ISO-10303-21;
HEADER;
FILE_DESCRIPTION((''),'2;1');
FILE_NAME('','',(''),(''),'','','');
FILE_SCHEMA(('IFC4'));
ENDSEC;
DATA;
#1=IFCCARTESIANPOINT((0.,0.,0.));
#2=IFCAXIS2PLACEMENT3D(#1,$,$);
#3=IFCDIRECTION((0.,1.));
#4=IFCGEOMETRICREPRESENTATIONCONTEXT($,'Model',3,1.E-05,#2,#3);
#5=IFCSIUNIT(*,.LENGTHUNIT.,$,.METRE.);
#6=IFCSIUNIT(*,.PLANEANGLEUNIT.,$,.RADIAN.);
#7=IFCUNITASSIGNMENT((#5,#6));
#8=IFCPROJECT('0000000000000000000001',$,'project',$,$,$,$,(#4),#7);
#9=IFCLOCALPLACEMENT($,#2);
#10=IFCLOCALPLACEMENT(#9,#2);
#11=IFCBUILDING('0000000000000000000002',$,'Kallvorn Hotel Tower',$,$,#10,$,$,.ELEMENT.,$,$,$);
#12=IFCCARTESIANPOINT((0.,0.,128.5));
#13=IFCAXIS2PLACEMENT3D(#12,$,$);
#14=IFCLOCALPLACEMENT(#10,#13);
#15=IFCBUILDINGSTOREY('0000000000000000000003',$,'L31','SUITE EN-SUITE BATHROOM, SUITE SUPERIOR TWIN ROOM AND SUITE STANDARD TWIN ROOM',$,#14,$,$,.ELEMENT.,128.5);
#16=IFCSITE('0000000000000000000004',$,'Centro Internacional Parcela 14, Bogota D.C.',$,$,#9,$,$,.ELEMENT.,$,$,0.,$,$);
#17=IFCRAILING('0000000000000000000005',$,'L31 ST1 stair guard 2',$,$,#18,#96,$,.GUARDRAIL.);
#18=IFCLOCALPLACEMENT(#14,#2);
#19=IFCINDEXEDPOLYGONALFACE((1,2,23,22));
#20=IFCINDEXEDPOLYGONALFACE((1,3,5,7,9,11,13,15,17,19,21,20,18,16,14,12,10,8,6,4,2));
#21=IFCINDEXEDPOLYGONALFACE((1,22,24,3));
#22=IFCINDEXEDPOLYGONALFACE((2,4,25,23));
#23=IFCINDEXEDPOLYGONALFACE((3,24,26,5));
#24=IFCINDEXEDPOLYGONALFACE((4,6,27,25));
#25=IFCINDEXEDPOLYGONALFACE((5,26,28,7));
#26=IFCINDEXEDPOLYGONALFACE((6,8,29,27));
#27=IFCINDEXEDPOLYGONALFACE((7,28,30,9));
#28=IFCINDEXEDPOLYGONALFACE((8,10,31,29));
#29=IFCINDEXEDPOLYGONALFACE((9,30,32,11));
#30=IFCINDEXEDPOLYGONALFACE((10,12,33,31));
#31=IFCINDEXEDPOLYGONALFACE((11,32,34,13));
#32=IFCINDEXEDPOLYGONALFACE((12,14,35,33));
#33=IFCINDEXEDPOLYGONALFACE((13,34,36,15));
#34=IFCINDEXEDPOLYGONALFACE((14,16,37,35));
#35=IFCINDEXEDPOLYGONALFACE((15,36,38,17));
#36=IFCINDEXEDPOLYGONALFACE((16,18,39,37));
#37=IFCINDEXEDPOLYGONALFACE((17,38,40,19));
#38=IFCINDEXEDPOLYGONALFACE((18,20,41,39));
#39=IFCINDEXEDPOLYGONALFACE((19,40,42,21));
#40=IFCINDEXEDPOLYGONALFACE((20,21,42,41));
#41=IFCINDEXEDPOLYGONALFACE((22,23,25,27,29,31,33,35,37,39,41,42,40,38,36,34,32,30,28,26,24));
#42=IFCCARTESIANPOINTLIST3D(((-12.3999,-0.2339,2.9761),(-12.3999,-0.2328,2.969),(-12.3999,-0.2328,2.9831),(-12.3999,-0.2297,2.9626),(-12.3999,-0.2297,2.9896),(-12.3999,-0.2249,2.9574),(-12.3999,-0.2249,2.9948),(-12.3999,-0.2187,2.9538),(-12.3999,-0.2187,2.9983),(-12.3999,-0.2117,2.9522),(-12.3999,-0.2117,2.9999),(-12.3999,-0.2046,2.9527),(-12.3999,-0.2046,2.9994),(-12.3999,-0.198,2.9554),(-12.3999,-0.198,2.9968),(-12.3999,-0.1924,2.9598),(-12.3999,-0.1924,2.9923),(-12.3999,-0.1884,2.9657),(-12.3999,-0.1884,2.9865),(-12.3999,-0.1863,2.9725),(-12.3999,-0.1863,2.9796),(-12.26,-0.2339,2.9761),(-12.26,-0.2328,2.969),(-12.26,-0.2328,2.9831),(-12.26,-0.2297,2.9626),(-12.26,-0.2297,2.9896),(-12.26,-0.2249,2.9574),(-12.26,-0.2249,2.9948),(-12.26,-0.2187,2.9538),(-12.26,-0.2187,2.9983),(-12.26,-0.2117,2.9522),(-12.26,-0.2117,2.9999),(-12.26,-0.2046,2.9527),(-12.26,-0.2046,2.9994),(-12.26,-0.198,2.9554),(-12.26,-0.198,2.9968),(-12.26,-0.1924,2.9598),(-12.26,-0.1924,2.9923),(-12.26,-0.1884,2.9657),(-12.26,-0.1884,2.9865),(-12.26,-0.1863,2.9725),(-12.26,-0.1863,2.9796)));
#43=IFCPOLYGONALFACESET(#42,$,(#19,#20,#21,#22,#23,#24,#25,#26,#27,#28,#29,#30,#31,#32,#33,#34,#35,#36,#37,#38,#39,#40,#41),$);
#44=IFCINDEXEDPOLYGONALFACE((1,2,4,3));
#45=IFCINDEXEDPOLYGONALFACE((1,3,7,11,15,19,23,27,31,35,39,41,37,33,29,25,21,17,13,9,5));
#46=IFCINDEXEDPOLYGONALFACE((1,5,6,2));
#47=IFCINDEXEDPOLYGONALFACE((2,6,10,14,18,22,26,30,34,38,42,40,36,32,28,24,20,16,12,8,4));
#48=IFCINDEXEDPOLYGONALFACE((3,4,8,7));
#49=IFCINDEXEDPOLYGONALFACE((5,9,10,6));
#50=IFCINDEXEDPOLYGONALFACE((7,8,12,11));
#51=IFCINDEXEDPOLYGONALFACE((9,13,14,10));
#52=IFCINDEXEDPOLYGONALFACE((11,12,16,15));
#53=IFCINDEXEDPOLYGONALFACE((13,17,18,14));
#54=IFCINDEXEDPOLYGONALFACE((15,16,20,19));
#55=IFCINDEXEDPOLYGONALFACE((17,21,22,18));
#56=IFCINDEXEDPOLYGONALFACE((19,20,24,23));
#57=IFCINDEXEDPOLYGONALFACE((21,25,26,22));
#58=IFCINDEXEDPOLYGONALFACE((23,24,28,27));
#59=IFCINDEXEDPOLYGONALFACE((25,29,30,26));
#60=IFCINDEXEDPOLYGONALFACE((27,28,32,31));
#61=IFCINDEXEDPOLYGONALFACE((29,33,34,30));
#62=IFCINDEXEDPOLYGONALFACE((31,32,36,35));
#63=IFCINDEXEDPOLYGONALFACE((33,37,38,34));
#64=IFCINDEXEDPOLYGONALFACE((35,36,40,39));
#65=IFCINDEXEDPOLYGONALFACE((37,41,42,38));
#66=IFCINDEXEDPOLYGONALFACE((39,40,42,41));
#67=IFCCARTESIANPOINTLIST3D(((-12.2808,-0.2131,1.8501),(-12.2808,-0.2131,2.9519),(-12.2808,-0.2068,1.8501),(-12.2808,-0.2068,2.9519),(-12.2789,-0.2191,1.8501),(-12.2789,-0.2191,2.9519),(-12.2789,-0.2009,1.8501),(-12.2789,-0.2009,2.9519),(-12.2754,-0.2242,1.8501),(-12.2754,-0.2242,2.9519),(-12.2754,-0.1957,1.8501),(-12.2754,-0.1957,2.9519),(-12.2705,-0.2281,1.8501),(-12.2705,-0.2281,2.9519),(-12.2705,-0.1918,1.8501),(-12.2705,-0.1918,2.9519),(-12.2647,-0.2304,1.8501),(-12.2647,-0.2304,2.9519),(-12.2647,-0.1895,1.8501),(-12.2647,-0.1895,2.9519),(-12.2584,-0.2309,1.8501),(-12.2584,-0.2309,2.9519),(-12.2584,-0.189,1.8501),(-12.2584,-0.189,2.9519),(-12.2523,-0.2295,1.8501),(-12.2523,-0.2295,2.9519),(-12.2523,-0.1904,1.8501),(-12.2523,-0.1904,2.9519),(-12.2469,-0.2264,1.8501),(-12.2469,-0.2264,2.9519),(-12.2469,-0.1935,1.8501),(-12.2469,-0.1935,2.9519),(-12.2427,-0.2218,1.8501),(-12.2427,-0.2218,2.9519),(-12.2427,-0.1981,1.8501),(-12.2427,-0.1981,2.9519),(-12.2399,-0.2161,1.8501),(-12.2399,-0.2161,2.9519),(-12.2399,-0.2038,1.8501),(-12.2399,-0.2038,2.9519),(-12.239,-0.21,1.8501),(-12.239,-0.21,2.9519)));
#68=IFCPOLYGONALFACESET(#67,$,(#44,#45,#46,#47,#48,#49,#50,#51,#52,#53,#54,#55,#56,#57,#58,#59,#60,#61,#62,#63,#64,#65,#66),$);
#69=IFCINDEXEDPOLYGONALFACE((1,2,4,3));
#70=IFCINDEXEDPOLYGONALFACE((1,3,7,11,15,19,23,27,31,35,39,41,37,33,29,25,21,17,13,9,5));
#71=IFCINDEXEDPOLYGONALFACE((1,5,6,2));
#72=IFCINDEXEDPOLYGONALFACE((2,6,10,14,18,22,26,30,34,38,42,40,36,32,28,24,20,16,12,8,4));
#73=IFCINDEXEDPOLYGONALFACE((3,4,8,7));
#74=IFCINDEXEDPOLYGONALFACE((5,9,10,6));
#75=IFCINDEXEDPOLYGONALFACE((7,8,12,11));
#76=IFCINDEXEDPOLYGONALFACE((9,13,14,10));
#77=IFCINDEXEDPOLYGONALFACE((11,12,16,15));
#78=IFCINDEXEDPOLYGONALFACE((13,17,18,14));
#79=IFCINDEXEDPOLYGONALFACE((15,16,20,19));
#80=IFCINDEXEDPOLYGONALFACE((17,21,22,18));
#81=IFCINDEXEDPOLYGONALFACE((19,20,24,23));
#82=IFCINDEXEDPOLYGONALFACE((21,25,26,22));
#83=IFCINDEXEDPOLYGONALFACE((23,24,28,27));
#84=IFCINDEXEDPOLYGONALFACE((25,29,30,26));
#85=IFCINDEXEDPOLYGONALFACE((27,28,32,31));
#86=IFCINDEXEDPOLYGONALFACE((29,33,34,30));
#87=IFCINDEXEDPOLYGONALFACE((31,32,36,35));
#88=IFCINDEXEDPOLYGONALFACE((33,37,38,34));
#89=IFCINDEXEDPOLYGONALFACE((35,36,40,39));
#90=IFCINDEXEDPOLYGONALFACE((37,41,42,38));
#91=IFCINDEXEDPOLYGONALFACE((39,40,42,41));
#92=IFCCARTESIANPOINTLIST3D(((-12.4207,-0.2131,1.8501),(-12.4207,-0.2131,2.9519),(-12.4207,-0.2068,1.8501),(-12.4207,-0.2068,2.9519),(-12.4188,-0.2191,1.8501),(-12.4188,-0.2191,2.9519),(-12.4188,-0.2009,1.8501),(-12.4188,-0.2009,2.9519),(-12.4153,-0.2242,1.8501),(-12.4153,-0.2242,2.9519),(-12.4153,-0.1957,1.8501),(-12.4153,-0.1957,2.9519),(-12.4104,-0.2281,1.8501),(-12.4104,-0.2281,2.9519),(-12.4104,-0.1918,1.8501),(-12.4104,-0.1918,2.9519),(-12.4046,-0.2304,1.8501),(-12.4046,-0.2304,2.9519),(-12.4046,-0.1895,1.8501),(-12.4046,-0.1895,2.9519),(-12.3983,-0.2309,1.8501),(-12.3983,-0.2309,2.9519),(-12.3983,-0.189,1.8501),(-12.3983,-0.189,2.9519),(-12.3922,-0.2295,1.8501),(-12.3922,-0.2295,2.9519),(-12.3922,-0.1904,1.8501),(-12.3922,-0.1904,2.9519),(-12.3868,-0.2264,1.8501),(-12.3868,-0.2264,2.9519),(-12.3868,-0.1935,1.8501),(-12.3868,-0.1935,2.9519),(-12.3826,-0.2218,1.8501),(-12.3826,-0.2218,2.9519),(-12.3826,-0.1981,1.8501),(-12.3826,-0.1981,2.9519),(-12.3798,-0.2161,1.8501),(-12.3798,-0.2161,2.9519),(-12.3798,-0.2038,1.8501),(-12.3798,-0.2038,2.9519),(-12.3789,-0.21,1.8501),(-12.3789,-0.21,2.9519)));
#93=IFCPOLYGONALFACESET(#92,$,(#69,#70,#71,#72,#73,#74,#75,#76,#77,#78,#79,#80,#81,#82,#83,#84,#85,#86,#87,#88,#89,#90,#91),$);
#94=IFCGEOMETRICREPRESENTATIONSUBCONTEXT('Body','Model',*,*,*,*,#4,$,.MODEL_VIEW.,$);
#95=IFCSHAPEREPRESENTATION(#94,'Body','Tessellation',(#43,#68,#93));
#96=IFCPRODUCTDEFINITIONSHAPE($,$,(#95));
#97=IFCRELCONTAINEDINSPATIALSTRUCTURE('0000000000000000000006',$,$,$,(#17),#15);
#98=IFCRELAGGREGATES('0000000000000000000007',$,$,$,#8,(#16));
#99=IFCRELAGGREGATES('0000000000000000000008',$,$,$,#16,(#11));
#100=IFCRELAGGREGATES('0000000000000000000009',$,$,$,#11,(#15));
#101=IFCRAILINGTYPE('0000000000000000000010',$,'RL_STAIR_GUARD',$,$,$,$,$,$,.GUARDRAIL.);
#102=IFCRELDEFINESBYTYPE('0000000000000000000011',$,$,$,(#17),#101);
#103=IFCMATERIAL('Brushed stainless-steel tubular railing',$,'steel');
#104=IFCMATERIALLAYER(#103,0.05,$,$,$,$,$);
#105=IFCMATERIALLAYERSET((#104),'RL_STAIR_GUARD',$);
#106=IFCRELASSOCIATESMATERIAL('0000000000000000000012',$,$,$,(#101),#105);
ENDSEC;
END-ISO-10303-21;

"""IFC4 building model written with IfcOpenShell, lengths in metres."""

from ifc_helpers import new_model, si_unit, direction, frame, origin, origin_2d, place, context, subcontext, project, spatial, circle, extrude, material, layer, layer_set, type_object, element, save


model = new_model("IFC4")

# Units and contexts
model_context = context("Model", 3, precision=1e-05, world=origin(), true_north=direction((0.0, 1.0)))
body_context = subcontext(model_context, "Body", "Model", "MODEL_VIEW")
ifc_project = project(units=[si_unit("LENGTHUNIT", "METRE"), si_unit("PLANEANGLEUNIT", "RADIAN")], contexts=[model_context])

# Site, building, storey
site_placement = place(None, origin())
site = spatial("IfcSite", under=ifc_project, at=site_placement, Name="Centro Internacional Parcela 14, Bogota D.C.", CompositionType="ELEMENT", RefElevation=0.0)
building_placement = place(site_placement, origin())
building = spatial("IfcBuilding", under=site, at=building_placement, Name="Kallvorn Hotel Tower", CompositionType="ELEMENT")
storey_placement = place(building_placement, frame((0.0, 0.0, 128.5)))
storey = spatial("IfcBuildingStorey", under=building, at=storey_placement, Name="L31", Description="SUITE EN-SUITE BATHROOM, SUITE SUPERIOR TWIN ROOM AND SUITE STANDARD TWIN ROOM", CompositionType="ELEMENT", Elevation=128.5)

# Railing
ifc_material_1 = material(Name="Brushed stainless-steel tubular railing", Category="steel")
ifc_layer_1 = layer(ifc_material_1, 0.05)
ifc_layer_set_1 = layer_set([ifc_layer_1], Name="RL_STAIR_GUARD")
railing_type_1 = type_object("IfcRailingType", Name="RL_STAIR_GUARD", PredefinedType="GUARDRAIL", material=ifc_layer_set_1)
railing_1_placement = place(storey_placement, frame((-12.26, -0.21, 1.8501)))
element("IfcRailing", 1, at=railing_1_placement, inside=storey, type_object=railing_type_1, Name="L31 ST1 stair guard 2", PredefinedType="GUARDRAIL", context=body_context, shape_type="SweptSolid", body=[
    extrude(circle(Radius=0.0239, at=origin_2d()), frame((0.0, 0.0, 1.126), z_axis=(-1.0, 0.0, 0.0), x_axis=(0.0, -1.0, 0.0)), (0.0, 0.0, 1.0), 0.1399),
    extrude(circle(Radius=0.021, at=origin_2d()), origin(), (0.0, 0.0, 1.0), 1.1018),
    extrude(circle(Radius=0.021, at=origin_2d()), frame((-0.1399, 0.0, 0.0)), (0.0, 0.0, 1.0), 1.1018),
])

save(model, "model.ifc")
